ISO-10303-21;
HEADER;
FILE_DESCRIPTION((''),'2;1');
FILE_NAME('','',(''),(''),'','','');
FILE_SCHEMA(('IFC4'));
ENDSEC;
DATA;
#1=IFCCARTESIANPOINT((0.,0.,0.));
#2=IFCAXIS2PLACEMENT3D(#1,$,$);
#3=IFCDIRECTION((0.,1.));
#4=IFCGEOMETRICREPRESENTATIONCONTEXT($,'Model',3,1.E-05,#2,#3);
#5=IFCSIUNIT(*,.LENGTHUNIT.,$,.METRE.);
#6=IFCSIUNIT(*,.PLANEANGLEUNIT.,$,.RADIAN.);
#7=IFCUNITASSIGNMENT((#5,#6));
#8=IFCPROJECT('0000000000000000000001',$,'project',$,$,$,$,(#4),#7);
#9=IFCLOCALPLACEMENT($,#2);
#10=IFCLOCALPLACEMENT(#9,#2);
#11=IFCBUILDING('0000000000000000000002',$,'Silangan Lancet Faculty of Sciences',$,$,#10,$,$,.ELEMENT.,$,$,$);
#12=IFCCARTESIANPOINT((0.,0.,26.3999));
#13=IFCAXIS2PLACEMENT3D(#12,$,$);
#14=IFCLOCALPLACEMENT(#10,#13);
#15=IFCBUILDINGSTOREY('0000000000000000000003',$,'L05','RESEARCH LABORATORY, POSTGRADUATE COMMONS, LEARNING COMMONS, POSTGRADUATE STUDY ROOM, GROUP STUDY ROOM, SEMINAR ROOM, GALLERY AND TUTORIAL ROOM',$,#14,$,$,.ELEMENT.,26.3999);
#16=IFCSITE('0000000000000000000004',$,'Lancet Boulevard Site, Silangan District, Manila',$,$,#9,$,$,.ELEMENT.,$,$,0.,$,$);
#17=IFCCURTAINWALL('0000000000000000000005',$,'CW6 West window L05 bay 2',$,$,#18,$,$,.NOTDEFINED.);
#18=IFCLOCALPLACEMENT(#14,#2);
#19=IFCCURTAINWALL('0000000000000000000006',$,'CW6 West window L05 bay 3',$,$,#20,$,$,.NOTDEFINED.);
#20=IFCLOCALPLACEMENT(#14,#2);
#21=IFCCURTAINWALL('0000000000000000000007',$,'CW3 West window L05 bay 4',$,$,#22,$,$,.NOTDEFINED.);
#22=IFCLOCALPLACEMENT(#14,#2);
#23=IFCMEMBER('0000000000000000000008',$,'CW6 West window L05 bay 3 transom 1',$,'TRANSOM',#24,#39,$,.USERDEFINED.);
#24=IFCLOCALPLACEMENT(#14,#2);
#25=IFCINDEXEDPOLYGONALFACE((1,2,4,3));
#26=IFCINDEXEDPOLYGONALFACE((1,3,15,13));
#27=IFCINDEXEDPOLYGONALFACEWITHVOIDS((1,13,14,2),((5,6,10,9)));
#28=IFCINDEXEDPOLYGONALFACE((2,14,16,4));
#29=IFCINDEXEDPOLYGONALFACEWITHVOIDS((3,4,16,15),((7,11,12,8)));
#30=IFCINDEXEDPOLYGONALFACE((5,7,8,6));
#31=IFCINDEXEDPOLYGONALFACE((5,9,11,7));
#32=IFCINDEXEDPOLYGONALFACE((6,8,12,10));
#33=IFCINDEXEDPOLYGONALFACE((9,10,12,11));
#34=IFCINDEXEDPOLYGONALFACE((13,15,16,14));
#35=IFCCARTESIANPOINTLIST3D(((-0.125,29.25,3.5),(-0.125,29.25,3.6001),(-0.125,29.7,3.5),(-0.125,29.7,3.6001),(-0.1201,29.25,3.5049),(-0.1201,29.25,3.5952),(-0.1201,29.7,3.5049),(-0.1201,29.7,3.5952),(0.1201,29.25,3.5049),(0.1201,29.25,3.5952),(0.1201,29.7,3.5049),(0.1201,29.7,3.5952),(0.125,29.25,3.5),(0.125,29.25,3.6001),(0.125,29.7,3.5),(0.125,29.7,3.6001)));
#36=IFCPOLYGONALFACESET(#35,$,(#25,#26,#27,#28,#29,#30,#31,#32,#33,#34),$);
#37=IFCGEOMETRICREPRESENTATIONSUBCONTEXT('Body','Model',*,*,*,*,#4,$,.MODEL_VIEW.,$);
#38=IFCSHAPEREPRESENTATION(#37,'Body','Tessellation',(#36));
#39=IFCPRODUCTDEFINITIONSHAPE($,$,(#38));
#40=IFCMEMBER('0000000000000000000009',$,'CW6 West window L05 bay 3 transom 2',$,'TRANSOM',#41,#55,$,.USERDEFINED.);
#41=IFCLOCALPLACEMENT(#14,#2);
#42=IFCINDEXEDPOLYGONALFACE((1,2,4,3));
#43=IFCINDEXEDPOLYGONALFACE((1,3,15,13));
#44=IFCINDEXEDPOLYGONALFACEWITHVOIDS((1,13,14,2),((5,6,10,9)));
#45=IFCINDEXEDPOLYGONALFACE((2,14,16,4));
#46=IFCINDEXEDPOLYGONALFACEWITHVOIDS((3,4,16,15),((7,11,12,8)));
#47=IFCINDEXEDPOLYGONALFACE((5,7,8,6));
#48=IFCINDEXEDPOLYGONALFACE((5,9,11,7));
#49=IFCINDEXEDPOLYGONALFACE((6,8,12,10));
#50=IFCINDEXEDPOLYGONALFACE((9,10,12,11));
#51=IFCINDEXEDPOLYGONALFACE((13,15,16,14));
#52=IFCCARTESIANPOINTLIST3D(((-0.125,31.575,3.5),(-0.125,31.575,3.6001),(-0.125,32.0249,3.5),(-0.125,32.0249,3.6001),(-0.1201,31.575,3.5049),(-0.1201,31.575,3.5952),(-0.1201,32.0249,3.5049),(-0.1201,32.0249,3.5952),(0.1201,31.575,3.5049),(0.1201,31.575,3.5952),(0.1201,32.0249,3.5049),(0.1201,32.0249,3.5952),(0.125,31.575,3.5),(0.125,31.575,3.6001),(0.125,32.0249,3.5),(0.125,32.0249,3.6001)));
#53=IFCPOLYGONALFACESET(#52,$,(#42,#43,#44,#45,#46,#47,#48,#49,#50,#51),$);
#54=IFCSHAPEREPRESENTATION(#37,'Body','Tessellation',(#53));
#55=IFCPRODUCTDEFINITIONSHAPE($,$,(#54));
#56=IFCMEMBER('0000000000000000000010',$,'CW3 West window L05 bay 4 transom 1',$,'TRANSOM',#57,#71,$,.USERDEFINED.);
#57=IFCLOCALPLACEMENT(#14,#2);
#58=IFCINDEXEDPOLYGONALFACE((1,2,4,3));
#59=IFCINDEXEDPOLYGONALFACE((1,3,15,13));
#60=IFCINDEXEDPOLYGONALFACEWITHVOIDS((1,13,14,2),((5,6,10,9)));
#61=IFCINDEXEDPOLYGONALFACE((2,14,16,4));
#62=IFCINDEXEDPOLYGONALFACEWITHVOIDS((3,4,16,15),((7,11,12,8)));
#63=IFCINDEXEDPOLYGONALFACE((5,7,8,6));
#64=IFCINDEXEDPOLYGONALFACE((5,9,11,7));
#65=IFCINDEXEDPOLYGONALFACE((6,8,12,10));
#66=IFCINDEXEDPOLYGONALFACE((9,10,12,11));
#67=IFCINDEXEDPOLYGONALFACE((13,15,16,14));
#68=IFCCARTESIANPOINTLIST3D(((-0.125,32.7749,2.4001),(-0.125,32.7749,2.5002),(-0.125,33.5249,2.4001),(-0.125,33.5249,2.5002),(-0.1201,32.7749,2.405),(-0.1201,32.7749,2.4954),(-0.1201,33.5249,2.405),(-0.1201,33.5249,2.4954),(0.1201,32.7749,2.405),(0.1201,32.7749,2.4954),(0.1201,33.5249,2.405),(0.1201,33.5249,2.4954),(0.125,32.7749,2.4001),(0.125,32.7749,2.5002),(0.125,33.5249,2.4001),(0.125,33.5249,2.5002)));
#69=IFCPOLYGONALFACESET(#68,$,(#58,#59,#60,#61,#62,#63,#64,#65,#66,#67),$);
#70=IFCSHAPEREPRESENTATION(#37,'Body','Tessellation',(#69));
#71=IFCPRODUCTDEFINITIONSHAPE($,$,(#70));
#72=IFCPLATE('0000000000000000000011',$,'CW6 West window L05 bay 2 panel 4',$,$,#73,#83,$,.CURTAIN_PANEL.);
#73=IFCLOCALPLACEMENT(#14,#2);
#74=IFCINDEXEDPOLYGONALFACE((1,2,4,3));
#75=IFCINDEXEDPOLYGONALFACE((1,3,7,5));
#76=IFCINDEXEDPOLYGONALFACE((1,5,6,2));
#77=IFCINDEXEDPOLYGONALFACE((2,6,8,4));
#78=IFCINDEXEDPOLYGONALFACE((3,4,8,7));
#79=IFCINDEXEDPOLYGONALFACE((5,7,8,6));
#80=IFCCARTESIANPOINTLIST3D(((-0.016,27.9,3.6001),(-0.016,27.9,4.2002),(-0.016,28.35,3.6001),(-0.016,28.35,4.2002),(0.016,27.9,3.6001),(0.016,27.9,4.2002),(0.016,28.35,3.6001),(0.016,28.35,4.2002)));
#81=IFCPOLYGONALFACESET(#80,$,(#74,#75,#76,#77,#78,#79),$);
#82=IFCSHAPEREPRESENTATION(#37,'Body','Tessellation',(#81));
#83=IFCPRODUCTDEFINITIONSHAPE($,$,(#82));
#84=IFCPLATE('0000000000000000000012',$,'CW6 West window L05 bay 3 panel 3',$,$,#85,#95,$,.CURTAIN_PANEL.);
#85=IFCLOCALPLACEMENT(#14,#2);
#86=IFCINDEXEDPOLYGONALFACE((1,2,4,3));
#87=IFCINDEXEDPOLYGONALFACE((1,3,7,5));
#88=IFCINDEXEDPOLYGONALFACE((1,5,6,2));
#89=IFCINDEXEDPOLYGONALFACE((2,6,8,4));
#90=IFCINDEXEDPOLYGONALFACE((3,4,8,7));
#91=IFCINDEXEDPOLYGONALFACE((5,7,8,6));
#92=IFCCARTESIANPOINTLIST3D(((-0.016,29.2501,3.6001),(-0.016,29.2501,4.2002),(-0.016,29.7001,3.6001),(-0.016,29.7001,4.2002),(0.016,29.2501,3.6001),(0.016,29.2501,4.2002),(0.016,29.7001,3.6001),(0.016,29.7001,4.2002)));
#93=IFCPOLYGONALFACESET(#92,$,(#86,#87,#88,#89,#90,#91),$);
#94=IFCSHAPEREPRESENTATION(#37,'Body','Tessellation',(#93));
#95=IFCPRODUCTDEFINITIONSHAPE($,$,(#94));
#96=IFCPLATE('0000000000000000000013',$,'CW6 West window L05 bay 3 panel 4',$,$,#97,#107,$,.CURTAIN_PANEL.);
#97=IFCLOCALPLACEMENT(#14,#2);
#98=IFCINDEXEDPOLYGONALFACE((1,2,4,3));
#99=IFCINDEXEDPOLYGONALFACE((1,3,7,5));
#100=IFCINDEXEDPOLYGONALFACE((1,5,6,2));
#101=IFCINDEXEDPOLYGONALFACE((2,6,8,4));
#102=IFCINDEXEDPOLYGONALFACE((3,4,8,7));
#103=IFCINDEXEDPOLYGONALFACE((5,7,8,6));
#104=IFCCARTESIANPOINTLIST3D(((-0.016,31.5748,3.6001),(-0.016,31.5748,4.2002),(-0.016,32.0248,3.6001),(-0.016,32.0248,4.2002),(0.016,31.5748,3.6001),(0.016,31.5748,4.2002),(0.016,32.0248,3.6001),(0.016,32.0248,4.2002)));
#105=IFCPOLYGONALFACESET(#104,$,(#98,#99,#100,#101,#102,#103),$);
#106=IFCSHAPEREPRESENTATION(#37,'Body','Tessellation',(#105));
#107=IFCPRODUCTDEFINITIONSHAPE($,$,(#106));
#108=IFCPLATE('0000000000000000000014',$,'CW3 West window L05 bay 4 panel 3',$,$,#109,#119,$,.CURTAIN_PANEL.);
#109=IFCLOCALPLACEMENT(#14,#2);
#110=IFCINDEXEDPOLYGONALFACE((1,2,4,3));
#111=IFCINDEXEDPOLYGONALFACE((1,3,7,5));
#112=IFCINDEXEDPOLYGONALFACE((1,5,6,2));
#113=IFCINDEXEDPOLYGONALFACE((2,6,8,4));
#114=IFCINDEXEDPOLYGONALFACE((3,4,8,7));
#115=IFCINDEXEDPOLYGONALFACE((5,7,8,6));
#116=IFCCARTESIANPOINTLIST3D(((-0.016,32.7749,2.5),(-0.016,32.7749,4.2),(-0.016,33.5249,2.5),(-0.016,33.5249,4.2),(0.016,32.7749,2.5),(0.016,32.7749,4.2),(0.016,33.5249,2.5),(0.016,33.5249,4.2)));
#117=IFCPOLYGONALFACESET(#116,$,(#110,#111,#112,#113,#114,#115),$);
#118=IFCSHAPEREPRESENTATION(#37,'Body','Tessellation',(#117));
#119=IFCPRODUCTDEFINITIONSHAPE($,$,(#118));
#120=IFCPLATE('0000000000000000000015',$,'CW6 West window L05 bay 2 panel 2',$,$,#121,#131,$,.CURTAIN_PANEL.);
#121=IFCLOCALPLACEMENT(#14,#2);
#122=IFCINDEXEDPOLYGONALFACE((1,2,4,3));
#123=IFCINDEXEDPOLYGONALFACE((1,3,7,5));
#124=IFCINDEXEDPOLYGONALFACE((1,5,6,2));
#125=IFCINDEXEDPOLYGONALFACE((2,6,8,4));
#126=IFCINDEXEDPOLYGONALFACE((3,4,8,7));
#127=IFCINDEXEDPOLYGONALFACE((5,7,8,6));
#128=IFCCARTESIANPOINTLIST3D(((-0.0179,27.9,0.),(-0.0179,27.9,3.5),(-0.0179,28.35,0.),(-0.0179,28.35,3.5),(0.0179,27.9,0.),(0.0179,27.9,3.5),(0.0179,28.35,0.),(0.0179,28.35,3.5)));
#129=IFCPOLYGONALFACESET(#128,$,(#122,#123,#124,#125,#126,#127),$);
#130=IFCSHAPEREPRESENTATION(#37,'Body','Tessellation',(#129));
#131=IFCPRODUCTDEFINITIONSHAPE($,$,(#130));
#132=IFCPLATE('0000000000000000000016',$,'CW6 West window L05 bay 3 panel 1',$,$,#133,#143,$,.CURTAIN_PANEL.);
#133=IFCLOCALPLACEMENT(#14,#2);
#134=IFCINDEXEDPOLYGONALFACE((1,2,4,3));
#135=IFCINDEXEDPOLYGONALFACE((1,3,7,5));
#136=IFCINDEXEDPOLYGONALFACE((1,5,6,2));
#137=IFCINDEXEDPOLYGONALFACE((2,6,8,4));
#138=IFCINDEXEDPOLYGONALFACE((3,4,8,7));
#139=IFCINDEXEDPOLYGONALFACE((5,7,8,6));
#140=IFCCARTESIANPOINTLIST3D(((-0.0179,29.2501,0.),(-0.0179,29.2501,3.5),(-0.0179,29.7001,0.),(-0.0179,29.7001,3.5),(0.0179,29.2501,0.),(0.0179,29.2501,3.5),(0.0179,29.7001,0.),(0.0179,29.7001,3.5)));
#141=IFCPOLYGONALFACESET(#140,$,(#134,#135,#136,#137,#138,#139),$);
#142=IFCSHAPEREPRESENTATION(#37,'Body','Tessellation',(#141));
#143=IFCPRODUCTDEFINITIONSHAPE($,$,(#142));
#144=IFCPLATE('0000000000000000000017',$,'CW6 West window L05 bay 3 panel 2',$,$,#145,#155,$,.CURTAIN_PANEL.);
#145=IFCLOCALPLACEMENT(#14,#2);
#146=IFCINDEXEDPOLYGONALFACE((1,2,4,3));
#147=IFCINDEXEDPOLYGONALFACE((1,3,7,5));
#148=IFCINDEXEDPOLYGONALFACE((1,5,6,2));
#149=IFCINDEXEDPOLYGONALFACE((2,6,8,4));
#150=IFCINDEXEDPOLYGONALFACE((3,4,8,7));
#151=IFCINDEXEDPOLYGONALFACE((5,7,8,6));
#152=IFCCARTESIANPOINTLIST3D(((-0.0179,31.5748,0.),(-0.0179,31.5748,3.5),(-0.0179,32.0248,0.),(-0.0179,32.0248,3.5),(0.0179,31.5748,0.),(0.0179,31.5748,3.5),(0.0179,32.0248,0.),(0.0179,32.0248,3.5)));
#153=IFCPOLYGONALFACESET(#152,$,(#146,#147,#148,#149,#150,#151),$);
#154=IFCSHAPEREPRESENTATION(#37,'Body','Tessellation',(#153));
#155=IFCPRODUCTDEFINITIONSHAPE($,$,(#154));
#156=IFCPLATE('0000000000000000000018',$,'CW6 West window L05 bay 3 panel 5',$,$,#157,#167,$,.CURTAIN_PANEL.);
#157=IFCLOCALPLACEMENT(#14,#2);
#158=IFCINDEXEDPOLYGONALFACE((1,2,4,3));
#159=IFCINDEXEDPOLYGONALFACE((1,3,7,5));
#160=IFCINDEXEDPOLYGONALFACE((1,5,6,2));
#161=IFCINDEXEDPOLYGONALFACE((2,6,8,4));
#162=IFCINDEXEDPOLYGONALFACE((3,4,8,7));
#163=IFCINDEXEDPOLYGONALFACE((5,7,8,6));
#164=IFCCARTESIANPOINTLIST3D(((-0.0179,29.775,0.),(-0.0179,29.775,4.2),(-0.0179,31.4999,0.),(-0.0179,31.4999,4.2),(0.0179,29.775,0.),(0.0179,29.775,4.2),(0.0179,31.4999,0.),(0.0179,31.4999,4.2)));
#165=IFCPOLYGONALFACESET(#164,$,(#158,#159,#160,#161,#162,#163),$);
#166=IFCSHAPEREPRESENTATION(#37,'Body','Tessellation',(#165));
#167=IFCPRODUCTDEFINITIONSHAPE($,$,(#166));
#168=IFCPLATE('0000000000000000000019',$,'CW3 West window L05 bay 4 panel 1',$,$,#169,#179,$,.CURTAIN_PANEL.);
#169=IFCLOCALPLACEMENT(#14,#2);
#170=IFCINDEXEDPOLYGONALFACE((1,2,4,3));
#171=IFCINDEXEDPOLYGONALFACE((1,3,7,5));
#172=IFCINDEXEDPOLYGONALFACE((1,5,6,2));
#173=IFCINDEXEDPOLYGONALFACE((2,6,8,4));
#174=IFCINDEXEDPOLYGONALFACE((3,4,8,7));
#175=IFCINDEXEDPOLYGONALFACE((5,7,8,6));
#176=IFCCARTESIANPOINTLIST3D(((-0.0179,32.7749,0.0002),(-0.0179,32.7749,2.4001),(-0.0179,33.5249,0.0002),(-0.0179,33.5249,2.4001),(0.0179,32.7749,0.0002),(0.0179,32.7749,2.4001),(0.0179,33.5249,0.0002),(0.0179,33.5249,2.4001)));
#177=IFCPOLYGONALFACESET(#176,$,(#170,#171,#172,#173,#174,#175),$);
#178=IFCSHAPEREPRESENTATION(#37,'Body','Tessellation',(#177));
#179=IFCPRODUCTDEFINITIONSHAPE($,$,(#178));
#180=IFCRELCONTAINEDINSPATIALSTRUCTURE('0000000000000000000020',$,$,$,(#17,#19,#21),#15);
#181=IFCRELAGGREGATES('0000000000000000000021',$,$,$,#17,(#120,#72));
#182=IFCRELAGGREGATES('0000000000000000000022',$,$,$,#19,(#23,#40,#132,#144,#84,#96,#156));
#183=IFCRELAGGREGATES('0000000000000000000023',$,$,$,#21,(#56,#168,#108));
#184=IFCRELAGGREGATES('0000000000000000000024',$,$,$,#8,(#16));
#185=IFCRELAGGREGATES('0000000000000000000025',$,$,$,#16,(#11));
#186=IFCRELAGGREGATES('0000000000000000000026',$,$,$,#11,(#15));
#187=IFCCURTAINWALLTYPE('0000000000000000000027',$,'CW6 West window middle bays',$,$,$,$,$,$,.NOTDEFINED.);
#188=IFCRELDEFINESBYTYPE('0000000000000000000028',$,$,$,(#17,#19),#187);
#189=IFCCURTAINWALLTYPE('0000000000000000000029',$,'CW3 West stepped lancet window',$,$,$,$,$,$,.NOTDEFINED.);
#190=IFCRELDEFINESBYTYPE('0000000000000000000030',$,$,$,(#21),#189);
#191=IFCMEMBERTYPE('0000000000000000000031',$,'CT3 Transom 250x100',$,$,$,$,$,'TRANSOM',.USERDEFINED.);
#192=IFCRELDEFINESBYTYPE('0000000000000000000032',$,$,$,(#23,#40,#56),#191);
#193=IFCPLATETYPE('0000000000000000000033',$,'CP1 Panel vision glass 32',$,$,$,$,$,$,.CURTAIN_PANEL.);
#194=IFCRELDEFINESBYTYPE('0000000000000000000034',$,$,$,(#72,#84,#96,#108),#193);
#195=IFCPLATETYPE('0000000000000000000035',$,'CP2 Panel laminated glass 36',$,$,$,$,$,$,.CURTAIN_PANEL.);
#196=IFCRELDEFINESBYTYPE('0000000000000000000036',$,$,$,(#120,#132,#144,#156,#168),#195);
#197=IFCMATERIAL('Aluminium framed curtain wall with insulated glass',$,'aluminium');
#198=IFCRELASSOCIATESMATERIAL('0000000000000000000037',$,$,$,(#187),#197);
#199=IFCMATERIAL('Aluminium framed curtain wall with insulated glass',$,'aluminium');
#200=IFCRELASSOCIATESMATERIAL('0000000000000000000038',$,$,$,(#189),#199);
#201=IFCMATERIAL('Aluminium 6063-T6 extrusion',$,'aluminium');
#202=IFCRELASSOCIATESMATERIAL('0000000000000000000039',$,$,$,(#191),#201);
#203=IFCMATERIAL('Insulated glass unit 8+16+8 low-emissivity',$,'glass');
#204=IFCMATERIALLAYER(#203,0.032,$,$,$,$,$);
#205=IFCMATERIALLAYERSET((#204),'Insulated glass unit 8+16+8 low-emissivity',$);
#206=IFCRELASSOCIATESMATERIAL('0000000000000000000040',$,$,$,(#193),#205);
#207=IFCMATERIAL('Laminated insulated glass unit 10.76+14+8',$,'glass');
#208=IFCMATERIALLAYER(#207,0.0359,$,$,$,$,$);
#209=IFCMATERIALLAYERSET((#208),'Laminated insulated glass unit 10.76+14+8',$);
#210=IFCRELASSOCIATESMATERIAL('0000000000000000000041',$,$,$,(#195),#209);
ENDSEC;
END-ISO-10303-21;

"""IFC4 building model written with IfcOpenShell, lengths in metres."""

from ifc_helpers import new_model, si_unit, direction, frame, origin, origin_2d, place, context, subcontext, project, spatial, rectangle, hollow_rectangle, extrude, material, layer, layer_set, material_profile, profile_set, type_object, element, aggregate, save


model = new_model("IFC4")

# Units and contexts
model_context = context("Model", 3, precision=1e-05, world=origin(), true_north=direction((0.0, 1.0)))
body_context = subcontext(model_context, "Body", "Model", "MODEL_VIEW")
ifc_project = project(units=[si_unit("LENGTHUNIT", "METRE"), si_unit("PLANEANGLEUNIT", "RADIAN")], contexts=[model_context])

# Site, building, storey
site_placement = place(None, origin())
site = spatial("IfcSite", under=ifc_project, at=site_placement, Name="Lancet Boulevard Site, Silangan District, Manila", CompositionType="ELEMENT", RefElevation=0.0)
building_placement = place(site_placement, origin())
building = spatial("IfcBuilding", under=site, at=building_placement, Name="Silangan Lancet Faculty of Sciences", CompositionType="ELEMENT")
storey_placement = place(building_placement, frame((0.0, 0.0, 26.3999)))
storey = spatial("IfcBuildingStorey", under=building, at=storey_placement, Name="L05", Description="RESEARCH LABORATORY, POSTGRADUATE COMMONS, LEARNING COMMONS, POSTGRADUATE STUDY ROOM, GROUP STUDY ROOM, SEMINAR ROOM, GALLERY AND TUTORIAL ROOM", CompositionType="ELEMENT", Elevation=26.3999)

# Curtain walls
ifc_material_1 = material(Name="Aluminium framed curtain wall with insulated glass", Category="aluminium")
curtain_wall_type_1 = type_object("IfcCurtainWallType", Name="CW6 West window middle bays", PredefinedType="NOTDEFINED", material=ifc_material_1)
curtain_wall_1_placement = place(storey_placement, origin())
curtain_wall_1 = element("IfcCurtainWall", 1, at=curtain_wall_1_placement, inside=storey, type_object=curtain_wall_type_1, Name="CW6 West window L05 bay 2", PredefinedType="NOTDEFINED")
curtain_wall_2_placement = place(storey_placement, origin())
curtain_wall_2 = element("IfcCurtainWall", 2, at=curtain_wall_2_placement, inside=storey, type_object=curtain_wall_type_1, Name="CW6 West window L05 bay 3", PredefinedType="NOTDEFINED")
ifc_material_2 = material(Name="Aluminium framed curtain wall with insulated glass", Category="aluminium")
curtain_wall_type_2 = type_object("IfcCurtainWallType", Name="CW3 West stepped lancet window", PredefinedType="NOTDEFINED", material=ifc_material_2)
curtain_wall_3_placement = place(storey_placement, origin())
curtain_wall_3 = element("IfcCurtainWall", 3, at=curtain_wall_3_placement, inside=storey, type_object=curtain_wall_type_2, Name="CW3 West window L05 bay 4", PredefinedType="NOTDEFINED")

# Members
ifc_material_3 = material(Name="Aluminium 6063-T6 extrusion", Category="aluminium")
ifc_material_profile_1 = material_profile(ifc_material_3, hollow_rectangle(XDim=0.25, YDim=0.1001, WallThickness=0.0049, at=origin_2d()), Name="AL BOX 250x100x5")
ifc_profile_set_1 = profile_set([ifc_material_profile_1], Name="Aluminium 6063-T6 extrusion")
member_type_1 = type_object("IfcMemberType", Name="CT3 Transom 250x100", ElementType="TRANSOM", PredefinedType="USERDEFINED", material=ifc_profile_set_1)
member_1_placement = place(storey_placement, frame((0.0, 29.25, 3.55), z_axis=(0.0, 1.0, 0.0), x_axis=(-1.0, 0.0, 0.0)))
member_1 = element("IfcMember", 4, at=member_1_placement, type_object=member_type_1, Name="CW6 West window L05 bay 3 transom 1", ObjectType="TRANSOM", PredefinedType="USERDEFINED", context=body_context, shape_type="SweptSolid", body=[
    extrude(hollow_rectangle(XDim=0.25, YDim=0.1001, WallThickness=0.0049, at=origin_2d()), origin(), (0.0, 0.0, 1.0), 0.45),
])
member_2_placement = place(storey_placement, frame((0.0, 31.575, 3.55), z_axis=(0.0, 1.0, 0.0), x_axis=(-1.0, 0.0, 0.0)))
member_2 = element("IfcMember", 5, at=member_2_placement, type_object=member_type_1, Name="CW6 West window L05 bay 3 transom 2", ObjectType="TRANSOM", PredefinedType="USERDEFINED", context=body_context, shape_type="SweptSolid", body=[
    extrude(hollow_rectangle(XDim=0.25, YDim=0.1001, WallThickness=0.0049, at=origin_2d()), origin(), (0.0, 0.0, 1.0), 0.45),
])
member_3_placement = place(storey_placement, frame((0.0, 32.7749, 2.4502), z_axis=(0.0, 1.0, 0.0), x_axis=(-1.0, 0.0, 0.0)))
member_3 = element("IfcMember", 6, at=member_3_placement, type_object=member_type_1, Name="CW3 West window L05 bay 4 transom 1", ObjectType="TRANSOM", PredefinedType="USERDEFINED", context=body_context, shape_type="SweptSolid", body=[
    extrude(hollow_rectangle(XDim=0.25, YDim=0.1001, WallThickness=0.0049, at=origin_2d()), origin(), (0.0, 0.0, 1.0), 0.75),
])

# Plates
ifc_material_4 = material(Name="Insulated glass unit 8+16+8 low-emissivity", Category="glass")
ifc_layer_1 = layer(ifc_material_4, 0.032)
ifc_layer_set_1 = layer_set([ifc_layer_1], Name="Insulated glass unit 8+16+8 low-emissivity")
plate_type_1 = type_object("IfcPlateType", Name="CP1 Panel vision glass 32", PredefinedType="CURTAIN_PANEL", material=ifc_layer_set_1)
plate_1_placement = place(storey_placement, frame((0.0, 28.125, 3.6001), z_axis=(0.0, 0.0, 1.0), x_axis=(0.0, 1.0, 0.0)))
plate_1 = element("IfcPlate", 7, at=plate_1_placement, type_object=plate_type_1, Name="CW6 West window L05 bay 2 panel 4", PredefinedType="CURTAIN_PANEL", context=body_context, shape_type="SweptSolid", body=[
    extrude(rectangle(XDim=0.45, YDim=0.032, at=origin_2d()), origin(), (0.0, 0.0, 1.0), 0.6001),
])
plate_2_placement = place(storey_placement, frame((0.0, 29.4751, 3.6001), z_axis=(0.0, 0.0, 1.0), x_axis=(0.0, 1.0, 0.0)))
plate_2 = element("IfcPlate", 8, at=plate_2_placement, type_object=plate_type_1, Name="CW6 West window L05 bay 3 panel 3", PredefinedType="CURTAIN_PANEL", context=body_context, shape_type="SweptSolid", body=[
    extrude(rectangle(XDim=0.45, YDim=0.032, at=origin_2d()), origin(), (0.0, 0.0, 1.0), 0.6001),
])
plate_3_placement = place(storey_placement, frame((0.0, 31.7998, 3.6001), z_axis=(0.0, 0.0, 1.0), x_axis=(0.0, 1.0, 0.0)))
plate_3 = element("IfcPlate", 9, at=plate_3_placement, type_object=plate_type_1, Name="CW6 West window L05 bay 3 panel 4", PredefinedType="CURTAIN_PANEL", context=body_context, shape_type="SweptSolid", body=[
    extrude(rectangle(XDim=0.45, YDim=0.032, at=origin_2d()), origin(), (0.0, 0.0, 1.0), 0.6001),
])
plate_4_placement = place(storey_placement, frame((0.0, 33.1499, 2.5), z_axis=(0.0, 0.0, 1.0), x_axis=(0.0, 1.0, 0.0)))
plate_4 = element("IfcPlate", 10, at=plate_4_placement, type_object=plate_type_1, Name="CW3 West window L05 bay 4 panel 3", PredefinedType="CURTAIN_PANEL", context=body_context, shape_type="SweptSolid", body=[
    extrude(rectangle(XDim=0.75, YDim=0.032, at=origin_2d()), origin(), (0.0, 0.0, 1.0), 1.7),
])
ifc_material_5 = material(Name="Laminated insulated glass unit 10.76+14+8", Category="glass")
ifc_layer_2 = layer(ifc_material_5, 0.0359)
ifc_layer_set_2 = layer_set([ifc_layer_2], Name="Laminated insulated glass unit 10.76+14+8")
plate_type_2 = type_object("IfcPlateType", Name="CP2 Panel laminated glass 36", PredefinedType="CURTAIN_PANEL", material=ifc_layer_set_2)
plate_5_placement = place(storey_placement, frame((0.0, 28.125, 0.0), z_axis=(0.0, 0.0, 1.0), x_axis=(0.0, 1.0, 0.0)))
plate_5 = element("IfcPlate", 11, at=plate_5_placement, type_object=plate_type_2, Name="CW6 West window L05 bay 2 panel 2", PredefinedType="CURTAIN_PANEL", context=body_context, shape_type="SweptSolid", body=[
    extrude(rectangle(XDim=0.45, YDim=0.0359, at=origin_2d()), origin(), (0.0, 0.0, 1.0), 3.5),
])
aggregate(curtain_wall_1, [plate_5, plate_1])
plate_6_placement = place(storey_placement, frame((0.0, 29.4751, 0.0), z_axis=(0.0, 0.0, 1.0), x_axis=(0.0, 1.0, 0.0)))
plate_6 = element("IfcPlate", 12, at=plate_6_placement, type_object=plate_type_2, Name="CW6 West window L05 bay 3 panel 1", PredefinedType="CURTAIN_PANEL", context=body_context, shape_type="SweptSolid", body=[
    extrude(rectangle(XDim=0.45, YDim=0.0359, at=origin_2d()), origin(), (0.0, 0.0, 1.0), 3.5),
])
plate_7_placement = place(storey_placement, frame((0.0, 31.7998, 0.0), z_axis=(0.0, 0.0, 1.0), x_axis=(0.0, 1.0, 0.0)))
plate_7 = element("IfcPlate", 13, at=plate_7_placement, type_object=plate_type_2, Name="CW6 West window L05 bay 3 panel 2", PredefinedType="CURTAIN_PANEL", context=body_context, shape_type="SweptSolid", body=[
    extrude(rectangle(XDim=0.45, YDim=0.0359, at=origin_2d()), origin(), (0.0, 0.0, 1.0), 3.5),
])
plate_8_placement = place(storey_placement, frame((0.0, 30.6375, 0.0), z_axis=(0.0, 0.0, 1.0), x_axis=(0.0, 1.0, 0.0)))
plate_8 = element("IfcPlate", 14, at=plate_8_placement, type_object=plate_type_2, Name="CW6 West window L05 bay 3 panel 5", PredefinedType="CURTAIN_PANEL", context=body_context, shape_type="SweptSolid", body=[
    extrude(rectangle(XDim=1.7249, YDim=0.0359, at=origin_2d()), origin(), (0.0, 0.0, 1.0), 4.2),
])
aggregate(curtain_wall_2, [member_1, member_2, plate_6, plate_7, plate_2, plate_3, plate_8])
plate_9_placement = place(storey_placement, frame((0.0, 33.1499, 0.0002), z_axis=(0.0, 0.0, 1.0), x_axis=(0.0, 1.0, 0.0)))
plate_9 = element("IfcPlate", 15, at=plate_9_placement, type_object=plate_type_2, Name="CW3 West window L05 bay 4 panel 1", PredefinedType="CURTAIN_PANEL", context=body_context, shape_type="SweptSolid", body=[
    extrude(rectangle(XDim=0.75, YDim=0.0359, at=origin_2d()), origin(), (0.0, 0.0, 1.0), 2.3999),
])
aggregate(curtain_wall_3, [member_3, plate_9, plate_4])

save(model, "model.ifc")
